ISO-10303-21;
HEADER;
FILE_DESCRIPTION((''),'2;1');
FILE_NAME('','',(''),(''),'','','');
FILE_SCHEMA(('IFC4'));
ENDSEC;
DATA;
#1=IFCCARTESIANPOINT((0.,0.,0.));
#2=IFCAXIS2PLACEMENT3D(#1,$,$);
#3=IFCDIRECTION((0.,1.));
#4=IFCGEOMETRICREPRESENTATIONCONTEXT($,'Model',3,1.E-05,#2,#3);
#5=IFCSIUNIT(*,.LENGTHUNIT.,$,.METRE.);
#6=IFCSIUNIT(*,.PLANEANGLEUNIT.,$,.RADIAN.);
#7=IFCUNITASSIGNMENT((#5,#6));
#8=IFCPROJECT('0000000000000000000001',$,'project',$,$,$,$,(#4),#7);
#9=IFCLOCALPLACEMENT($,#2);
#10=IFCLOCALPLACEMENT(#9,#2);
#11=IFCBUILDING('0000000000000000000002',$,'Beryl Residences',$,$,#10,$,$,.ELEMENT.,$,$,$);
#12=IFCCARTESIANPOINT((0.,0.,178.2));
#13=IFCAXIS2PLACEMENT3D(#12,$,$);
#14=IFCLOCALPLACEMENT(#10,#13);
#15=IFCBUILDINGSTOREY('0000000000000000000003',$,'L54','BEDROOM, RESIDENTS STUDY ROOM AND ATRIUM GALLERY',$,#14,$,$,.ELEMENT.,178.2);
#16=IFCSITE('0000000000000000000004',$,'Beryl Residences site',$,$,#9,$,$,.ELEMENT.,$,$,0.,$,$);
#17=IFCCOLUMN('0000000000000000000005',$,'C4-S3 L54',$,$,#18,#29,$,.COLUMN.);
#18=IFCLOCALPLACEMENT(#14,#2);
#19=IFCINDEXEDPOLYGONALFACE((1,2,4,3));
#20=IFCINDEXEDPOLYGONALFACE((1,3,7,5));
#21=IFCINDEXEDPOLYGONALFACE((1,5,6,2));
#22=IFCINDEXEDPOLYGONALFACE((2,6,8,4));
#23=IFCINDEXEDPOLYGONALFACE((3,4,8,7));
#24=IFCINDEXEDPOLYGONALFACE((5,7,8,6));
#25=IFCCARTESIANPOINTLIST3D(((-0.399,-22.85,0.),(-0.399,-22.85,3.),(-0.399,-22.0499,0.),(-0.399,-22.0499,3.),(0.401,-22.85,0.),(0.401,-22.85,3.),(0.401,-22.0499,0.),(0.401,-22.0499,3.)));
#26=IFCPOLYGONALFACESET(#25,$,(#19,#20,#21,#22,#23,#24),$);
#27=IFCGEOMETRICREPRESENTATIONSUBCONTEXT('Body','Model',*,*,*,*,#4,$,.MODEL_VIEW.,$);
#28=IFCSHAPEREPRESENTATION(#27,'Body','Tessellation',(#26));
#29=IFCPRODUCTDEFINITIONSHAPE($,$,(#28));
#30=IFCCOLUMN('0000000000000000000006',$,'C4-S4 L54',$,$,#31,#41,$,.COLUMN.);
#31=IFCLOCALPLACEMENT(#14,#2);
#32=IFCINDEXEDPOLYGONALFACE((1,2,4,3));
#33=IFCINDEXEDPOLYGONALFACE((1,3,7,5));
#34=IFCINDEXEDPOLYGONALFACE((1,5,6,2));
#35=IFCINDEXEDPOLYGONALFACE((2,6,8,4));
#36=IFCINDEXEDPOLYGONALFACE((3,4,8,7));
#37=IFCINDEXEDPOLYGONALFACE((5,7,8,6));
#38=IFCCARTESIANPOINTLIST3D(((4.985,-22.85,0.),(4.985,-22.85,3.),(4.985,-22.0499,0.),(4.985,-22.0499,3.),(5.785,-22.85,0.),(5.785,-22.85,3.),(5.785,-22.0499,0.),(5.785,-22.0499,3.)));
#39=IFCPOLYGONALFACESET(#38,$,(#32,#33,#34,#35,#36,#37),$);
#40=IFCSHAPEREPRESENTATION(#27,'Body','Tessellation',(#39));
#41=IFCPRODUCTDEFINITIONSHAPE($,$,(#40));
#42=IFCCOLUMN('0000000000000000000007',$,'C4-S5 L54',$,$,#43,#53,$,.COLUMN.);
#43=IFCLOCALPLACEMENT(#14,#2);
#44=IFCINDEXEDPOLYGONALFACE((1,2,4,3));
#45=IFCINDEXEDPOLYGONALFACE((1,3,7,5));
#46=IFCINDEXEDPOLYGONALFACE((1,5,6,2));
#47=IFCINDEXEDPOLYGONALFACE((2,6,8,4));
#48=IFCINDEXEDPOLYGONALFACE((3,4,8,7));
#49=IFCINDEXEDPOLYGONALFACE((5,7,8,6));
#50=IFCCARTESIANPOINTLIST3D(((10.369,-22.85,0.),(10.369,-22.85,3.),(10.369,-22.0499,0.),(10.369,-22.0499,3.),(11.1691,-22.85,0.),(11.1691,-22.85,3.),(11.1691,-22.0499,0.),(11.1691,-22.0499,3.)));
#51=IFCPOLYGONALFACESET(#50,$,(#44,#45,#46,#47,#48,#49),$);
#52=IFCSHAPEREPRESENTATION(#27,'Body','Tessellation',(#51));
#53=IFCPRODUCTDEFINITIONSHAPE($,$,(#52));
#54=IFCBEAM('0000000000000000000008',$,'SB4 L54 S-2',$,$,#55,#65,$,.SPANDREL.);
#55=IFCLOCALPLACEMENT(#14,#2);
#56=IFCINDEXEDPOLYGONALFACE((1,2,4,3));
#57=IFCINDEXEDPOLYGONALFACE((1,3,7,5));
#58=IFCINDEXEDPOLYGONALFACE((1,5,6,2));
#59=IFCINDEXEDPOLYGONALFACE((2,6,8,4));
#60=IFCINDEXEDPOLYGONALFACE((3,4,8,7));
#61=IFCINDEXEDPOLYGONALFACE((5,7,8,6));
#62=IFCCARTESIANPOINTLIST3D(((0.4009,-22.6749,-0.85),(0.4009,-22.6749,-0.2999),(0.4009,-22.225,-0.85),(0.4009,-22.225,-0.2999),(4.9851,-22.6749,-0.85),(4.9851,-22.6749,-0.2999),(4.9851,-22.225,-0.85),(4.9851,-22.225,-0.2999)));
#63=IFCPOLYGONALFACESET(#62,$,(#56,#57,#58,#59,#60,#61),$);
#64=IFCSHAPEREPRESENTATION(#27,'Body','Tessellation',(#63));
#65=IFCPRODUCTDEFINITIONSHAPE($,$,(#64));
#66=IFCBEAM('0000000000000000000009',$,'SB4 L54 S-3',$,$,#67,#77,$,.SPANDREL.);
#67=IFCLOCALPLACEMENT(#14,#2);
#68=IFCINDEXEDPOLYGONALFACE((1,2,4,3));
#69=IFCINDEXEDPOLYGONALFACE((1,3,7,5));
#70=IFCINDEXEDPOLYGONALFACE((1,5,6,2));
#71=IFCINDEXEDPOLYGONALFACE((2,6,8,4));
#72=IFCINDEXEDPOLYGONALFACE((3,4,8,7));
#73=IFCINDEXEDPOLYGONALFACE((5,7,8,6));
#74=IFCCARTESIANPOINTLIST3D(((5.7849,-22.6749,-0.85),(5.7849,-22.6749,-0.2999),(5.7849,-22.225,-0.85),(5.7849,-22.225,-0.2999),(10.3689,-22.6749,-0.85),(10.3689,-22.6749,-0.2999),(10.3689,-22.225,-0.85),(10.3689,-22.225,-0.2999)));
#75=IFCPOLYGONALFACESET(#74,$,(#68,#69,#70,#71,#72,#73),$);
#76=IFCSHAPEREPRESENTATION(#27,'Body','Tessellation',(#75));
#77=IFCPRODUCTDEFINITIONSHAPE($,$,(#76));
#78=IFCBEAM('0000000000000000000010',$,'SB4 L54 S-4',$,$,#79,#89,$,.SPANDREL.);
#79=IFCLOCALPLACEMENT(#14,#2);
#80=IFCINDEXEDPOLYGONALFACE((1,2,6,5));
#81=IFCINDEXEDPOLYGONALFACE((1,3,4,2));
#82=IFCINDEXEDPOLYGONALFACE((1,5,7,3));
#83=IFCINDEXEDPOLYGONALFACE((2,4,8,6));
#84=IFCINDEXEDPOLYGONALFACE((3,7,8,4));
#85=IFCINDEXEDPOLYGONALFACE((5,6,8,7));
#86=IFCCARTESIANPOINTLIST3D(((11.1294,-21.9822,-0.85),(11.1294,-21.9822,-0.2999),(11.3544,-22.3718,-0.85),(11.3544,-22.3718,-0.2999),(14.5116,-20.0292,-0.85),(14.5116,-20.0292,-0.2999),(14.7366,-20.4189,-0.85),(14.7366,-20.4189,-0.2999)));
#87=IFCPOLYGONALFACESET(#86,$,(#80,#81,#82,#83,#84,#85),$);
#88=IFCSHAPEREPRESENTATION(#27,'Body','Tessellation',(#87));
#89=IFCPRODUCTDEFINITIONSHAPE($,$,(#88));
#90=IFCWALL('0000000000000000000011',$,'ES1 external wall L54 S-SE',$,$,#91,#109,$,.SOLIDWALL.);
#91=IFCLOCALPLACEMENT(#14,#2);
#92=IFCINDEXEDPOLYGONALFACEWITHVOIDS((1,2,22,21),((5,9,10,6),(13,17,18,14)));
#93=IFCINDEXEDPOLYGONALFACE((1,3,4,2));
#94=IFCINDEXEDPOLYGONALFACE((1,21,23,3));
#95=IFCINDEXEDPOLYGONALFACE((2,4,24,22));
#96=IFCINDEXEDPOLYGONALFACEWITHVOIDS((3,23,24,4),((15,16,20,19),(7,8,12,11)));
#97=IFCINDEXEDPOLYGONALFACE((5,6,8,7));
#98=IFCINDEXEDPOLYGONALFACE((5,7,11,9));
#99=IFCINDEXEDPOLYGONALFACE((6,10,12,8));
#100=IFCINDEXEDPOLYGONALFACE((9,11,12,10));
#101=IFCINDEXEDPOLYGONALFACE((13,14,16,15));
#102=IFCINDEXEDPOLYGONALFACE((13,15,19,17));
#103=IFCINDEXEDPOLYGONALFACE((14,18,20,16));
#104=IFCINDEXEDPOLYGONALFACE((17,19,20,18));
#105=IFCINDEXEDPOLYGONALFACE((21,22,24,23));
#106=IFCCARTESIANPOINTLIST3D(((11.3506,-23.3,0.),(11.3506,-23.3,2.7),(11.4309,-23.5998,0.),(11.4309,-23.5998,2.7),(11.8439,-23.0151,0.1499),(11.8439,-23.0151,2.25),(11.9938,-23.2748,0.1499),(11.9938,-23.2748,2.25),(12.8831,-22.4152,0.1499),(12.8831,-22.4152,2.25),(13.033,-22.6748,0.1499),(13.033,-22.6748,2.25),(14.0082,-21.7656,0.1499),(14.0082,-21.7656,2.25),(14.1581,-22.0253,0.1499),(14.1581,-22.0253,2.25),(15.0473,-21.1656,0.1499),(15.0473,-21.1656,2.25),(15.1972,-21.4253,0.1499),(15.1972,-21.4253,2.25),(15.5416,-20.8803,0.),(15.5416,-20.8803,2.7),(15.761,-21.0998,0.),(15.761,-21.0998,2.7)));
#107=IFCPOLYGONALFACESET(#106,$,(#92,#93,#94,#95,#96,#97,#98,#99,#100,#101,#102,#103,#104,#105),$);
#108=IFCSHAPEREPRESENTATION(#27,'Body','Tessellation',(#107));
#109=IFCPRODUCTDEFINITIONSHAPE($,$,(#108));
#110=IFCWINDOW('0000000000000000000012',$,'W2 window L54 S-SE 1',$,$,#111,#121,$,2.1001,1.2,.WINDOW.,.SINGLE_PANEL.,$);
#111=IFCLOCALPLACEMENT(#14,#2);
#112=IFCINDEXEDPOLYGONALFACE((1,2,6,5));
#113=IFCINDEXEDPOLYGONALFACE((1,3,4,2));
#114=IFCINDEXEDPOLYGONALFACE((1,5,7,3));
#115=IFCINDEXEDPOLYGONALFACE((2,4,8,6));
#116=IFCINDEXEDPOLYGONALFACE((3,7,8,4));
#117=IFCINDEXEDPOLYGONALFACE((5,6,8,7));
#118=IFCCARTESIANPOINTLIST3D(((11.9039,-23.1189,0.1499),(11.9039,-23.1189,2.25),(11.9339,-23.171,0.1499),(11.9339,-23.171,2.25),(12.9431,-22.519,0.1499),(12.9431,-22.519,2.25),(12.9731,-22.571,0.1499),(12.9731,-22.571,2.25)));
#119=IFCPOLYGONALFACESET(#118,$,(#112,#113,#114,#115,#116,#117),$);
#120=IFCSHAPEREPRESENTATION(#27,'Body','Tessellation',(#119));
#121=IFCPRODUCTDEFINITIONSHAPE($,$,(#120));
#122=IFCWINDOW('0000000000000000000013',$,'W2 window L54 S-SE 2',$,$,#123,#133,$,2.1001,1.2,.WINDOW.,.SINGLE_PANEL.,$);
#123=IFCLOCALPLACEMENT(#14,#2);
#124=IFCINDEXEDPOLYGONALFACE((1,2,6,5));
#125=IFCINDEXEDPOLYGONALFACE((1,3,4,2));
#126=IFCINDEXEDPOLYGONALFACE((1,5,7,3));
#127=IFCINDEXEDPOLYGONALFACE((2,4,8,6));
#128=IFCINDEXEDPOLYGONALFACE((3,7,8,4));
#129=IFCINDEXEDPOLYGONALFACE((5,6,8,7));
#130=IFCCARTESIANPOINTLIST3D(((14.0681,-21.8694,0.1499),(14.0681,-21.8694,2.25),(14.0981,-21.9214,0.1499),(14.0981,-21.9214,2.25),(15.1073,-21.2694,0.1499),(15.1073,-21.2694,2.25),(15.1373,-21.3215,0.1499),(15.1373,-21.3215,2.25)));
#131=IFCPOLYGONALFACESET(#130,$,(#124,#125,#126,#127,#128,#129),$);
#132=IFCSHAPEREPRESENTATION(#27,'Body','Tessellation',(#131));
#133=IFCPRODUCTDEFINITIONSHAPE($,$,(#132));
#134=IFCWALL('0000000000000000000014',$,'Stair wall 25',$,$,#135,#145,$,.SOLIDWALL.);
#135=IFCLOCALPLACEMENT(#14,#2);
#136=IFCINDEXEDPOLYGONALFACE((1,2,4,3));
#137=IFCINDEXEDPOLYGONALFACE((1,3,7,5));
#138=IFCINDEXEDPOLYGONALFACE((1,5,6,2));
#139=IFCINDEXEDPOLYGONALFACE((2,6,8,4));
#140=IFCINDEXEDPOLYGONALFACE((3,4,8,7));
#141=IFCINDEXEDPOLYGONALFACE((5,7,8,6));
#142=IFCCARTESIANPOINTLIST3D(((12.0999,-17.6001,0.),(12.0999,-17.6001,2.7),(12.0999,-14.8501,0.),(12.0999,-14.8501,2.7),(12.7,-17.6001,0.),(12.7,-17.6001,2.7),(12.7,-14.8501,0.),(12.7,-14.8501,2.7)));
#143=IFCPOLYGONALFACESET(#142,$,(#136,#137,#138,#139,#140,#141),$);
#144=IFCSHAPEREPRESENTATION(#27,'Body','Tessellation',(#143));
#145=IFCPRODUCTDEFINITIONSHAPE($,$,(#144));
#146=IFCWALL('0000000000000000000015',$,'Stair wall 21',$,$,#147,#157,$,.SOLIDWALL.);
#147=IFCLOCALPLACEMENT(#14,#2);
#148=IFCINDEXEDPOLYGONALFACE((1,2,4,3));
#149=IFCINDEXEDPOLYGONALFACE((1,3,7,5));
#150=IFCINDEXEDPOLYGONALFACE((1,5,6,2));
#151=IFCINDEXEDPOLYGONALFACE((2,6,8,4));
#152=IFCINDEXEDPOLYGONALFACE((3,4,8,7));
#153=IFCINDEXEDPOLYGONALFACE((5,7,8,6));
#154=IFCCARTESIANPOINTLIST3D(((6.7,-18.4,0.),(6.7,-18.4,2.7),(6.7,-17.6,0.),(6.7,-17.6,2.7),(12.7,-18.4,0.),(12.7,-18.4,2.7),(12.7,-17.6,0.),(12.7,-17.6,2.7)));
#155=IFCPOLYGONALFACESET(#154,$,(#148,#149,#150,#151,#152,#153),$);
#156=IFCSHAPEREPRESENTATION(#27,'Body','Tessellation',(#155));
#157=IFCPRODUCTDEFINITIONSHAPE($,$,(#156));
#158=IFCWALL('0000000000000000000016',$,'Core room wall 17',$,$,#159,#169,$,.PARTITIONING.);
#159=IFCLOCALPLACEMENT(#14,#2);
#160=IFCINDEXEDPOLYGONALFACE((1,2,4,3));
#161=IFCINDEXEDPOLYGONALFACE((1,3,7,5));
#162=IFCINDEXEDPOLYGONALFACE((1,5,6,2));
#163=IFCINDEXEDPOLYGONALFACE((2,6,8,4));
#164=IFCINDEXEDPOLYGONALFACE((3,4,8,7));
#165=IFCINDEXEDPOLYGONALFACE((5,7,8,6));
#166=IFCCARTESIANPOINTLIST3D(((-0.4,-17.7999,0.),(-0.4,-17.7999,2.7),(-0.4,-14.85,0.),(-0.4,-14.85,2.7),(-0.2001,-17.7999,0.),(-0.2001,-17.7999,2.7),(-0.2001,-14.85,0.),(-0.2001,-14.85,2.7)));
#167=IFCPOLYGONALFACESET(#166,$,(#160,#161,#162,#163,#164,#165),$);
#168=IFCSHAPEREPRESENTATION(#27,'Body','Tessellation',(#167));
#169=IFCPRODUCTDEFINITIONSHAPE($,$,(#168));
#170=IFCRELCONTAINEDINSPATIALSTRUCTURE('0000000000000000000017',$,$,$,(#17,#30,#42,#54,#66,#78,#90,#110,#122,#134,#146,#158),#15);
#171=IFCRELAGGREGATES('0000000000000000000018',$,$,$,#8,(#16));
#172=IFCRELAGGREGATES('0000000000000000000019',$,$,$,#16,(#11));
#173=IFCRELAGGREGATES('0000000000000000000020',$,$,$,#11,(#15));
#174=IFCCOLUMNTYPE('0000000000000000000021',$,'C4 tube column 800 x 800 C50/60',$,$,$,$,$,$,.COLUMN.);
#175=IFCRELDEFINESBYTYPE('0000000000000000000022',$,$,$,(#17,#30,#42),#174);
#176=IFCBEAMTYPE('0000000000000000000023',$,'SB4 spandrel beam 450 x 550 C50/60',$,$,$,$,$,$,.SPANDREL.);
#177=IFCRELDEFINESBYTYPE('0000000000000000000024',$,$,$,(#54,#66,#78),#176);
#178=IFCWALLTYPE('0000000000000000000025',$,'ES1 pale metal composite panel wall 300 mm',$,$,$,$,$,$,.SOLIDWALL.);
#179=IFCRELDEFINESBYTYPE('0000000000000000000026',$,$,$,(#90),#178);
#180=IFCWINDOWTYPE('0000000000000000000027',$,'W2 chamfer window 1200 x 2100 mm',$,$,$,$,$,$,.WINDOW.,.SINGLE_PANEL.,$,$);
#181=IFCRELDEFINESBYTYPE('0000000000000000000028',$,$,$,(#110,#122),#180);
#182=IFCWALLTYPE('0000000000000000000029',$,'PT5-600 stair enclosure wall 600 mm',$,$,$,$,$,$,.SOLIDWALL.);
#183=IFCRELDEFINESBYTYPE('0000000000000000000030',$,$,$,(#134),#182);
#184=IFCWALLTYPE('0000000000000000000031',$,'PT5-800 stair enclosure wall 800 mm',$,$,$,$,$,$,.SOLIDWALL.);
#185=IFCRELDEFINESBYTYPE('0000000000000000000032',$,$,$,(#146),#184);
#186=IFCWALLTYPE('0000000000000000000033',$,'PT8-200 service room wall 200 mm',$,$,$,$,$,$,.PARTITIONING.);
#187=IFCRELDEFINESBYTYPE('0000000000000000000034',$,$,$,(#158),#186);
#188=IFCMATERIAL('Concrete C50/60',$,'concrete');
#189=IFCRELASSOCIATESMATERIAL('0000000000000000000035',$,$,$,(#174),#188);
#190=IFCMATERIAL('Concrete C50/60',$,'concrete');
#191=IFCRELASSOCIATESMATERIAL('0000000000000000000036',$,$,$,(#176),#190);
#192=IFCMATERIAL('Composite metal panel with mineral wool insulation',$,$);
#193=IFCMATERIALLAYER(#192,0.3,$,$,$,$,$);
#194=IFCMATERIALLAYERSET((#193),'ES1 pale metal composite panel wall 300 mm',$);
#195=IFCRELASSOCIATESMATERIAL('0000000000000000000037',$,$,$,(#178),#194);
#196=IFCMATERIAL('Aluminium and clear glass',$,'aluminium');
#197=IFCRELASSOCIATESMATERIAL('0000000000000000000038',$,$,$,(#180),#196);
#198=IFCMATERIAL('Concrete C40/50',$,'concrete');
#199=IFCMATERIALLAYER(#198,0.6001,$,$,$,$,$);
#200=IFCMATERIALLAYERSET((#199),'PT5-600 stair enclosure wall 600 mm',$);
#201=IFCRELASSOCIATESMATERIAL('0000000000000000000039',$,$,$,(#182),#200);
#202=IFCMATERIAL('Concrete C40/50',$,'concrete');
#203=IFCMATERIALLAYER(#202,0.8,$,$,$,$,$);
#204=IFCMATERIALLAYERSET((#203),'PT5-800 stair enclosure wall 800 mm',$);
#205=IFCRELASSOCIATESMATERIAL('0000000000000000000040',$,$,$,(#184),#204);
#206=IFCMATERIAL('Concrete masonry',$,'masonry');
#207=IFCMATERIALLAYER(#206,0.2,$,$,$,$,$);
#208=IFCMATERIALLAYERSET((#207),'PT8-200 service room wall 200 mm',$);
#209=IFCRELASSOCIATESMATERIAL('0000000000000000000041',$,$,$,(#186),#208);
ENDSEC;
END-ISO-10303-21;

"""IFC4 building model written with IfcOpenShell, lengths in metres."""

from ifc_helpers import new_model, si_unit, direction, frame, frame_2d, origin, origin_2d, place, context, subcontext, project, spatial, polyline, rectangle, outline, extrude, material, layer, layer_set, material_profile, profile_set, type_object, element, fill, save


model = new_model("IFC4")

# Units and contexts
model_context = context("Model", 3, precision=1e-05, world=origin(), true_north=direction((0.0, 1.0)))
body_context = subcontext(model_context, "Body", "Model", "MODEL_VIEW")
ifc_project = project(units=[si_unit("LENGTHUNIT", "METRE"), si_unit("PLANEANGLEUNIT", "RADIAN")], contexts=[model_context])

# Site, building, storey
site_placement = place(None, origin())
site = spatial("IfcSite", under=ifc_project, at=site_placement, Name="Beryl Residences site", CompositionType="ELEMENT", RefElevation=0.0)
building_placement = place(site_placement, origin())
building = spatial("IfcBuilding", under=site, at=building_placement, Name="Beryl Residences", CompositionType="ELEMENT")
storey_placement = place(building_placement, frame((0.0, 0.0, 178.2)))
storey = spatial("IfcBuildingStorey", under=building, at=storey_placement, Name="L54", Description="BEDROOM, RESIDENTS STUDY ROOM AND ATRIUM GALLERY", CompositionType="ELEMENT", Elevation=178.2)

# Columns
ifc_material_1 = material(Name="Concrete C50/60", Category="concrete")
ifc_material_profile_1 = material_profile(ifc_material_1, rectangle(XDim=0.8, YDim=0.8, at=origin_2d()))
ifc_profile_set_1 = profile_set([ifc_material_profile_1], Name="Concrete C50/60")
column_type = type_object("IfcColumnType", Name="C4 tube column 800 x 800 C50/60", PredefinedType="COLUMN", material=ifc_profile_set_1)
for number, where, z_axis, x_axis, name in (
    (1, (0.001, -22.45, 0.0), (0.0, 0.0, 1.0), (1.0, 0.0, 0.0), "C4-S3 L54"),
    (2, (5.385, -22.45, 0.0), (0.0, 0.0, 1.0), (1.0, 0.0, 0.0), "C4-S4 L54"),
    (3, (10.769, -22.45, 0.0), (0.0, 0.0, 1.0), (1.0, 0.0, 0.0), "C4-S5 L54"),
):
    element("IfcColumn", number, at=place(storey_placement, frame(where, z_axis=z_axis, x_axis=x_axis)), inside=storey, type_object=column_type, Name=name, PredefinedType="COLUMN", context=body_context, shape_type="SweptSolid", body=[
        extrude(rectangle(XDim=0.8, YDim=0.8, at=origin_2d()), origin(), (0.0, 0.0, 1.0), 3.0),
    ])

# Beams
ifc_material_2 = material(Name="Concrete C50/60", Category="concrete")
ifc_material_profile_2 = material_profile(ifc_material_2, rectangle(XDim=0.45, YDim=0.55, at=origin_2d()))
ifc_profile_set_2 = profile_set([ifc_material_profile_2], Name="Concrete C50/60")
beam_type = type_object("IfcBeamType", Name="SB4 spandrel beam 450 x 550 C50/60", PredefinedType="SPANDREL", material=ifc_profile_set_2)
beam_1_placement = place(storey_placement, frame((0.4009, -22.45, -0.575), z_axis=(1.0, 0.0, 0.0), x_axis=(0.0, 1.0, 0.0)))
element("IfcBeam", 4, at=beam_1_placement, inside=storey, type_object=beam_type, Name="SB4 L54 S-2", PredefinedType="SPANDREL", context=body_context, shape_type="SweptSolid", body=[
    extrude(rectangle(XDim=0.45, YDim=0.55, at=origin_2d()), origin(), (0.0, 0.0, 1.0), 4.5842),
])
beam_2_placement = place(storey_placement, frame((5.7849, -22.45, -0.575), z_axis=(1.0, 0.0, 0.0), x_axis=(0.0, 1.0, 0.0)))
element("IfcBeam", 5, at=beam_2_placement, inside=storey, type_object=beam_type, Name="SB4 L54 S-3", PredefinedType="SPANDREL", context=body_context, shape_type="SweptSolid", body=[
    extrude(rectangle(XDim=0.45, YDim=0.55, at=origin_2d()), origin(), (0.0, 0.0, 1.0), 4.584),
])
beam_3_placement = place(storey_placement, frame((11.2419, -22.177, -0.575), z_axis=(0.865999, 0.500045, 0.0), x_axis=(-0.500045, 0.865999, 0.0)))
element("IfcBeam", 6, at=beam_3_placement, inside=storey, type_object=beam_type, Name="SB4 L54 S-4", PredefinedType="SPANDREL", context=body_context, shape_type="SweptSolid", body=[
    extrude(rectangle(XDim=0.45, YDim=0.55, at=origin_2d()), origin(), (0.0, 0.0, 1.0), 3.9055),
])

# Wall, openings, windows
ifc_material_3 = material(Name="Composite metal panel with mineral wool insulation")
ifc_layer_1 = layer(ifc_material_3, 0.3)
ifc_layer_set_1 = layer_set([ifc_layer_1], Name="ES1 pale metal composite panel wall 300 mm")
wall_type_1 = type_object("IfcWallType", Name="ES1 pale metal composite panel wall 300 mm", PredefinedType="SOLIDWALL", material=ifc_layer_set_1)
wall_1_placement = place(storey_placement, frame((11.356, -23.47, 0.0), z_axis=(0.0, 0.0, 1.0), x_axis=(0.866023, 0.500004, 0.0)))
wall_1 = element("IfcWall", 7, at=wall_1_placement, inside=storey, type_object=wall_type_1, Name="ES1 external wall L54 S-SE", PredefinedType="SOLIDWALL", context=body_context, shape_type="SweptSolid", body=[
    extrude(outline(polyline([(0.0, -0.1499), (5.0, -0.1499), (4.9197, 0.1499), (0.0803, 0.1499), (0.0, -0.1499)])), origin(), (0.0, 0.0, 1.0), 2.7),
])
opening_1_placement = place(wall_1_placement, frame((0.6499, 0.0, 0.1499)))
opening_1 = element("IfcOpeningElement", 8, at=opening_1_placement, cuts=wall_1, PredefinedType="OPENING", context=body_context, shape_type="SweptSolid", body=[
    extrude(rectangle(XDim=1.2, YDim=2.1001, at=frame_2d((0.6001, 1.05))), frame((0.0, 0.1599, 0.0), z_axis=(0.0, -1.0, 0.0), x_axis=(1.0, 0.0, 0.0)), (0.0, 0.0, 1.0), 0.3201),
])
opening_2_placement = place(wall_1_placement, frame((3.1489, 0.0, 0.1499)))
opening_2 = element("IfcOpeningElement", 9, at=opening_2_placement, cuts=wall_1, PredefinedType="OPENING", context=body_context, shape_type="SweptSolid", body=[
    extrude(rectangle(XDim=1.2, YDim=2.1001, at=frame_2d((0.6001, 1.05))), frame((0.0, 0.1599, 0.0), z_axis=(0.0, -1.0, 0.0), x_axis=(1.0, 0.0, 0.0)), (0.0, 0.0, 1.0), 0.3201),
])
ifc_material_4 = material(Name="Aluminium and clear glass", Category="aluminium")
window_type = type_object("IfcWindowType", Name="W2 chamfer window 1200 x 2100 mm", PartitioningType="SINGLE_PANEL", PredefinedType="WINDOW", material=ifc_material_4)
window_1_placement = place(opening_1_placement, origin())
window_1 = element("IfcWindow", 10, at=window_1_placement, inside=storey, type_object=window_type, Name="W2 window L54 S-SE 1", OverallHeight=2.1001, OverallWidth=1.2, PartitioningType="SINGLE_PANEL", PredefinedType="WINDOW", context=body_context, shape_type="SweptSolid", body=[
    extrude(rectangle(XDim=1.2, YDim=2.1001, at=frame_2d((0.6001, 1.05))), frame((0.0, 0.03, 0.0), z_axis=(0.0, -1.0, 0.0), x_axis=(1.0, 0.0, 0.0)), (0.0, 0.0, 1.0), 0.0601),
])
fill(opening_1, window_1)
window_2_placement = place(opening_2_placement, origin())
window_2 = element("IfcWindow", 11, at=window_2_placement, inside=storey, type_object=window_type, Name="W2 window L54 S-SE 2", OverallHeight=2.1001, OverallWidth=1.2, PartitioningType="SINGLE_PANEL", PredefinedType="WINDOW", context=body_context, shape_type="SweptSolid", body=[
    extrude(rectangle(XDim=1.2, YDim=2.1001, at=frame_2d((0.6001, 1.05))), frame((0.0, 0.03, 0.0), z_axis=(0.0, -1.0, 0.0), x_axis=(1.0, 0.0, 0.0)), (0.0, 0.0, 1.0), 0.0601),
])
fill(opening_2, window_2)

# Walls
ifc_material_5 = material(Name="Concrete C40/50", Category="concrete")
ifc_layer_2 = layer(ifc_material_5, 0.6001)
ifc_layer_set_2 = layer_set([ifc_layer_2], Name="PT5-600 stair enclosure wall 600 mm")
wall_type_2 = type_object("IfcWallType", Name="PT5-600 stair enclosure wall 600 mm", PredefinedType="SOLIDWALL", material=ifc_layer_set_2)
wall_2_placement = place(storey_placement, frame((12.3999, -17.6001, 0.0), z_axis=(0.0, 0.0, 1.0), x_axis=(0.0, 1.0, 0.0)))
element("IfcWall", 12, at=wall_2_placement, inside=storey, type_object=wall_type_2, Name="Stair wall 25", PredefinedType="SOLIDWALL", context=body_context, shape_type="SweptSolid", body=[
    extrude(rectangle(XDim=2.75, YDim=0.6001, at=frame_2d((1.375, 0.0))), origin(), (0.0, 0.0, 1.0), 2.7),
])
ifc_material_6 = material(Name="Concrete C40/50", Category="concrete")
ifc_layer_3 = layer(ifc_material_6, 0.8)
ifc_layer_set_3 = layer_set([ifc_layer_3], Name="PT5-800 stair enclosure wall 800 mm")
wall_type_3 = type_object("IfcWallType", Name="PT5-800 stair enclosure wall 800 mm", PredefinedType="SOLIDWALL", material=ifc_layer_set_3)
wall_3_placement = place(storey_placement, frame((6.7, -18.0, 0.0), z_axis=(0.0, 0.0, 1.0), x_axis=(1.0, 0.0, 0.0)))
element("IfcWall", 13, at=wall_3_placement, inside=storey, type_object=wall_type_3, Name="Stair wall 21", PredefinedType="SOLIDWALL", context=body_context, shape_type="SweptSolid", body=[
    extrude(rectangle(XDim=6.0, YDim=0.8, at=frame_2d((3.0, 0.0))), origin(), (0.0, 0.0, 1.0), 2.7),
])
ifc_material_7 = material(Name="Concrete masonry", Category="masonry")
ifc_layer_4 = layer(ifc_material_7, 0.2)
ifc_layer_set_4 = layer_set([ifc_layer_4], Name="PT8-200 service room wall 200 mm")
wall_type_4 = type_object("IfcWallType", Name="PT8-200 service room wall 200 mm", PredefinedType="PARTITIONING", material=ifc_layer_set_4)
wall_4_placement = place(storey_placement, frame((-0.3, -17.8, 0.0), z_axis=(0.0, 0.0, 1.0), x_axis=(0.0, 1.0, 0.0)))
element("IfcWall", 14, at=wall_4_placement, inside=storey, type_object=wall_type_4, Name="Core room wall 17", PredefinedType="PARTITIONING", context=body_context, shape_type="SweptSolid", body=[
    extrude(rectangle(XDim=2.95, YDim=0.2, at=frame_2d((1.4751, 0.0))), origin(), (0.0, 0.0, 1.0), 2.7),
])

save(model, "model.ifc")
